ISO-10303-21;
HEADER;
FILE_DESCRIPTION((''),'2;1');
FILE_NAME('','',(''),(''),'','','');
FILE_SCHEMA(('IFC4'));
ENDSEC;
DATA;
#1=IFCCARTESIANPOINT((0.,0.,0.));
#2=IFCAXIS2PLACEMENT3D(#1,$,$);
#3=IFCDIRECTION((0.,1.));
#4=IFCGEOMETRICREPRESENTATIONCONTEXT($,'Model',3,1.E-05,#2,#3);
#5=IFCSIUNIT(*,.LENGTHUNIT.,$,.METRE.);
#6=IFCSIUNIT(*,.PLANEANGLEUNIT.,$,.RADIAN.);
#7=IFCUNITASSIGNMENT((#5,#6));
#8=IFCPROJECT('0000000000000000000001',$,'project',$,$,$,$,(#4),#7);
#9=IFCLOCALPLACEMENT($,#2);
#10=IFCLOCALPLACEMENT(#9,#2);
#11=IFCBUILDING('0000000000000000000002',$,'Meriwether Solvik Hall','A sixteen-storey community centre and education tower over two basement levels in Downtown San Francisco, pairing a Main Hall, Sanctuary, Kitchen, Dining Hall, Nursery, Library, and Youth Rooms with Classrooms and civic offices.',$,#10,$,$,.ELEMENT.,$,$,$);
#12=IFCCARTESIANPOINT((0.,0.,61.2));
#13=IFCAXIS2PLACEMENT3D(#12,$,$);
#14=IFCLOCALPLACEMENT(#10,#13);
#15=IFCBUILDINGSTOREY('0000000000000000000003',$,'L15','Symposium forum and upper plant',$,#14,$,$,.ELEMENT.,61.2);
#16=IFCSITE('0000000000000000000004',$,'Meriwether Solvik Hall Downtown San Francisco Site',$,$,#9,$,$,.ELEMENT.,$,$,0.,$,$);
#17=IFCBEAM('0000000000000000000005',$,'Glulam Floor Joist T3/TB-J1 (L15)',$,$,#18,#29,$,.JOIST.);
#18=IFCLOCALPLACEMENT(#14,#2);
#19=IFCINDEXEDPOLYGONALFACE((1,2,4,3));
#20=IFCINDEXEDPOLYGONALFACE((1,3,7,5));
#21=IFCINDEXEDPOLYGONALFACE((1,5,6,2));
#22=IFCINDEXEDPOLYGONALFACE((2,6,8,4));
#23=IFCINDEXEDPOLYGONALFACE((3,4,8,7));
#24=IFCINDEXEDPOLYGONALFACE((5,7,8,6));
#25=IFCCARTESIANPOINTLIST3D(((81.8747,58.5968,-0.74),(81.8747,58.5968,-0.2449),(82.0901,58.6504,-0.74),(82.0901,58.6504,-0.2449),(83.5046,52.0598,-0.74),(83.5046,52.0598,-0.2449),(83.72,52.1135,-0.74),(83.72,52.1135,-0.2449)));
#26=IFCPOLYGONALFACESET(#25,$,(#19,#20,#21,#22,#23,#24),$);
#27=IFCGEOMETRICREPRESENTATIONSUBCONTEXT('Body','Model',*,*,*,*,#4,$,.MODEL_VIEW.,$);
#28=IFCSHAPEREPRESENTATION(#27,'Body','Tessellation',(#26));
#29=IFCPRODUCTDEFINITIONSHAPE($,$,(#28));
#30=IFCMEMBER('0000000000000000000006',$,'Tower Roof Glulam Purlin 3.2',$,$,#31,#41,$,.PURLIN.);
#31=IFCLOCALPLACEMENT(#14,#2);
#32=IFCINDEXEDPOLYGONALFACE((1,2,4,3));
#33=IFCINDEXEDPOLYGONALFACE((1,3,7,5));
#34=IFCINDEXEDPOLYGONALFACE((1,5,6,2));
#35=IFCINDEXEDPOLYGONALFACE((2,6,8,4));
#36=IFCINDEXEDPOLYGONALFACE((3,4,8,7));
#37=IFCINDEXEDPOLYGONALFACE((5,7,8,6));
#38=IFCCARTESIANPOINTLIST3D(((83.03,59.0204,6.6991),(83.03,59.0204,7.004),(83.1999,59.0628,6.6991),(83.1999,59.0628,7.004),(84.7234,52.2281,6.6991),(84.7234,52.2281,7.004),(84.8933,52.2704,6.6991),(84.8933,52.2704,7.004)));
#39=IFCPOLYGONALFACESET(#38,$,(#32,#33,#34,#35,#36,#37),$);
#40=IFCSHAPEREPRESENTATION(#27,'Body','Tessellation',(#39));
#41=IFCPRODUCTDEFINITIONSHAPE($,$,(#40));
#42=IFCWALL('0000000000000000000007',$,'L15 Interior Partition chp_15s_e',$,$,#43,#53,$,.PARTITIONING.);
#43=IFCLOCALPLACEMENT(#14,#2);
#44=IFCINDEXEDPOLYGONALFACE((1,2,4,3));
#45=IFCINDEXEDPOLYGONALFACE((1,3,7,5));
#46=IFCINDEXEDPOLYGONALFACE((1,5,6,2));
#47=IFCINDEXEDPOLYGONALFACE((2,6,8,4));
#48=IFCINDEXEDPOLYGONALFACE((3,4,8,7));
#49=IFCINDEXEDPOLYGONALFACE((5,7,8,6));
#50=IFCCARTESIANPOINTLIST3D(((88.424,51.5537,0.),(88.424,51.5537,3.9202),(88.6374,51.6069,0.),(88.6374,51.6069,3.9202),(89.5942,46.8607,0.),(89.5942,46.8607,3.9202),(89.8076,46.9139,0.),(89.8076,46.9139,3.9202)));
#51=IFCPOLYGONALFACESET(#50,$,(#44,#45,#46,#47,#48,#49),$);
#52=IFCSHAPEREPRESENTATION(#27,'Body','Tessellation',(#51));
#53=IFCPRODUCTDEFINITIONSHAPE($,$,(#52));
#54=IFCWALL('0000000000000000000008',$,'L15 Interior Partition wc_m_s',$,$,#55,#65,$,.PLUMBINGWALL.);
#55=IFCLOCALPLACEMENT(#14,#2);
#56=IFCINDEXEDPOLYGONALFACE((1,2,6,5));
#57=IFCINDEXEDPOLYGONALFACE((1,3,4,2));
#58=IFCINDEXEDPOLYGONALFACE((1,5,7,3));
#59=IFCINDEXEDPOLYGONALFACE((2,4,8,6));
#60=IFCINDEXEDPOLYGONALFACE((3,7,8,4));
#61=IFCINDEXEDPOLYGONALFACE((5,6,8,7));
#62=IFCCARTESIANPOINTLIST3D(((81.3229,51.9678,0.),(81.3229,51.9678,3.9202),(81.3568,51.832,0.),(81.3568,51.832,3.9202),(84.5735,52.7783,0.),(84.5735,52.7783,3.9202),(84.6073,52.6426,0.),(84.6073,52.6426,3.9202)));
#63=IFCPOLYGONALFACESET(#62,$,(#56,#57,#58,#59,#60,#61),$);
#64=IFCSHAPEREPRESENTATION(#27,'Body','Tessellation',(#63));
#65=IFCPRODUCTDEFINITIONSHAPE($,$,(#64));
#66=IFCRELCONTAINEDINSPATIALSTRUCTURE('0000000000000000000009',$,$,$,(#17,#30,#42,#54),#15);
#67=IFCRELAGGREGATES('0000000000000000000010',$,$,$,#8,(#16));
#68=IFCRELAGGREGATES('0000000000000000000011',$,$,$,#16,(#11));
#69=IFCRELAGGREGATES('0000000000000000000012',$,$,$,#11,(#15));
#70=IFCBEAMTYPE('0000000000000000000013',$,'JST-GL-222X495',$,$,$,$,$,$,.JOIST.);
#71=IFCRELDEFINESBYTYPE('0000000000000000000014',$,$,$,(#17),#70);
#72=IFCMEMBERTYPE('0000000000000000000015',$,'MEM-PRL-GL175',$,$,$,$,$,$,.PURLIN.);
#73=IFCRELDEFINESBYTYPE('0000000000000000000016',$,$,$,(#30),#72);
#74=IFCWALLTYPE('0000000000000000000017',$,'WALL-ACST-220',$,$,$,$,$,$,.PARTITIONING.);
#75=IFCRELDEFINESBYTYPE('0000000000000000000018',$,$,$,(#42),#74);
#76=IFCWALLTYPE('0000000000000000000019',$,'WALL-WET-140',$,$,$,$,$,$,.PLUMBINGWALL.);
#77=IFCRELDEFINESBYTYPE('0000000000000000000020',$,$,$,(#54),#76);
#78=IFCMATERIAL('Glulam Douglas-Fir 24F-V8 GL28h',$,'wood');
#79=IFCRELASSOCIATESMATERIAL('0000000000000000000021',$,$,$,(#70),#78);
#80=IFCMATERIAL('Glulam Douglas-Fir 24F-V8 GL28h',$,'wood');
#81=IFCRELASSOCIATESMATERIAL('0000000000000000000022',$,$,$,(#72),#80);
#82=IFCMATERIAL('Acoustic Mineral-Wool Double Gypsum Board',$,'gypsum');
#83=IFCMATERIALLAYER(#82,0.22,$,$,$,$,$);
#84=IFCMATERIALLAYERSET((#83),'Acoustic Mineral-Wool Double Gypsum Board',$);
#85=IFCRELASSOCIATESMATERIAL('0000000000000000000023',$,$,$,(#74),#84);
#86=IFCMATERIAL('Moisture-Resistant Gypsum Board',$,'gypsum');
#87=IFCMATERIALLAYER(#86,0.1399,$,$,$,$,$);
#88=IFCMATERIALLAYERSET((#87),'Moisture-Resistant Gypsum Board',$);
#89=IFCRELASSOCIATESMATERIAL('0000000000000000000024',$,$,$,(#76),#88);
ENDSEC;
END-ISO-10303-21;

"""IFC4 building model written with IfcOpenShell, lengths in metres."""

from ifc_helpers import new_model, si_unit, direction, frame, frame_2d, origin, origin_2d, place, context, subcontext, project, spatial, rectangle, extrude, material, layer, layer_set, material_profile, profile_set, type_object, element, save


model = new_model("IFC4")

# Units and contexts
model_context = context("Model", 3, precision=1e-05, world=origin(), true_north=direction((0.0, 1.0)))
body_context = subcontext(model_context, "Body", "Model", "MODEL_VIEW")
ifc_project = project(units=[si_unit("LENGTHUNIT", "METRE"), si_unit("PLANEANGLEUNIT", "RADIAN")], contexts=[model_context])

# Site, building, storey
site_placement = place(None, origin())
site = spatial("IfcSite", under=ifc_project, at=site_placement, Name="Meriwether Solvik Hall Downtown San Francisco Site", CompositionType="ELEMENT", RefElevation=0.0)
building_placement = place(site_placement, origin())
building = spatial("IfcBuilding", under=site, at=building_placement, Name="Meriwether Solvik Hall", Description="A sixteen-storey community centre and education tower over two basement levels in Downtown San Francisco, pairing a Main Hall, Sanctuary, Kitchen, Dining Hall, Nursery, Library, and Youth Rooms with Classrooms and civic offices.", CompositionType="ELEMENT")
storey_placement = place(building_placement, frame((0.0, 0.0, 61.2)))
storey = spatial("IfcBuildingStorey", under=building, at=storey_placement, Name="L15", Description="Symposium forum and upper plant", CompositionType="ELEMENT", Elevation=61.2)

# Beam
ifc_material_1 = material(Name="Glulam Douglas-Fir 24F-V8 GL28h", Category="wood")
ifc_material_profile_1 = material_profile(ifc_material_1, rectangle(XDim=0.2219, YDim=0.4951, at=origin_2d()), Name="GLJ-222X495")
ifc_profile_set_1 = profile_set([ifc_material_profile_1], Name="Glulam Douglas-Fir 24F-V8 GL28h")
beam_type_1 = type_object("IfcBeamType", Name="JST-GL-222X495", PredefinedType="JOIST", material=ifc_profile_set_1)
beam_1_placement = place(storey_placement, frame((83.6123, 52.0867, -0.4924), z_axis=(-0.24193, 0.970294, 0.0), x_axis=(-0.970294, -0.24193, 0.0)))
element("IfcBeam", 1, at=beam_1_placement, inside=storey, type_object=beam_type_1, Name="Glulam Floor Joist T3/TB-J1 (L15)", PredefinedType="JOIST", context=body_context, shape_type="SweptSolid", body=[
    extrude(rectangle(XDim=0.2219, YDim=0.4951, at=origin_2d()), origin(), (0.0, 0.0, 1.0), 6.7371),
])

# Member
ifc_material_2 = material(Name="Glulam Douglas-Fir 24F-V8 GL28h", Category="wood")
ifc_material_profile_2 = material_profile(ifc_material_2, rectangle(XDim=0.175, YDim=0.3049, at=origin_2d()), Name="GLM-175X305")
ifc_profile_set_2 = profile_set([ifc_material_profile_2], Name="Glulam Douglas-Fir 24F-V8 GL28h")
member_type_1 = type_object("IfcMemberType", Name="MEM-PRL-GL175", PredefinedType="PURLIN", material=ifc_profile_set_2)
member_1_placement = place(storey_placement, frame((84.8083, 52.2493, 6.8516), z_axis=(-0.241904, 0.9703, 0.0), x_axis=(-0.9703, -0.241904, 0.0)))
element("IfcMember", 2, at=member_1_placement, inside=storey, type_object=member_type_1, Name="Tower Roof Glulam Purlin 3.2", PredefinedType="PURLIN", context=body_context, shape_type="SweptSolid", body=[
    extrude(rectangle(XDim=0.175, YDim=0.3049, at=origin_2d()), origin(), (0.0, 0.0, 1.0), 7.0002),
])

# Walls
ifc_material_3 = material(Name="Acoustic Mineral-Wool Double Gypsum Board", Category="gypsum")
ifc_layer_1 = layer(ifc_material_3, 0.22)
ifc_layer_set_1 = layer_set([ifc_layer_1], Name="Acoustic Mineral-Wool Double Gypsum Board")
wall_type_1 = type_object("IfcWallType", Name="WALL-ACST-220", PredefinedType="PARTITIONING", material=ifc_layer_set_1)
wall_1_placement = place(storey_placement, frame((89.7009, 46.8872, 0.0), z_axis=(0.0, 0.0, 1.0), x_axis=(-0.241942, 0.970291, 0.0)))
element("IfcWall", 3, at=wall_1_placement, inside=storey, type_object=wall_type_1, Name="L15 Interior Partition chp_15s_e", PredefinedType="PARTITIONING", context=body_context, shape_type="SweptSolid", body=[
    extrude(rectangle(XDim=4.8367, YDim=0.22, at=frame_2d((2.4185, 0.0))), origin(), (0.0, 0.0, 1.0), 3.9202),
])
ifc_material_4 = material(Name="Moisture-Resistant Gypsum Board", Category="gypsum")
ifc_layer_2 = layer(ifc_material_4, 0.1399)
ifc_layer_set_2 = layer_set([ifc_layer_2], Name="Moisture-Resistant Gypsum Board")
wall_type_2 = type_object("IfcWallType", Name="WALL-WET-140", PredefinedType="PLUMBINGWALL", material=ifc_layer_set_2)
wall_2_placement = place(storey_placement, frame((81.3398, 51.8999, 0.0), z_axis=(0.0, 0.0, 1.0), x_axis=(0.970288, 0.241953, 0.0)))
element("IfcWall", 4, at=wall_2_placement, inside=storey, type_object=wall_type_2, Name="L15 Interior Partition wc_m_s", PredefinedType="PLUMBINGWALL", context=body_context, shape_type="SweptSolid", body=[
    extrude(rectangle(XDim=3.3501, YDim=0.1399, at=frame_2d((1.675, 0.0))), origin(), (0.0, 0.0, 1.0), 3.9202),
])

save(model, "model.ifc")
